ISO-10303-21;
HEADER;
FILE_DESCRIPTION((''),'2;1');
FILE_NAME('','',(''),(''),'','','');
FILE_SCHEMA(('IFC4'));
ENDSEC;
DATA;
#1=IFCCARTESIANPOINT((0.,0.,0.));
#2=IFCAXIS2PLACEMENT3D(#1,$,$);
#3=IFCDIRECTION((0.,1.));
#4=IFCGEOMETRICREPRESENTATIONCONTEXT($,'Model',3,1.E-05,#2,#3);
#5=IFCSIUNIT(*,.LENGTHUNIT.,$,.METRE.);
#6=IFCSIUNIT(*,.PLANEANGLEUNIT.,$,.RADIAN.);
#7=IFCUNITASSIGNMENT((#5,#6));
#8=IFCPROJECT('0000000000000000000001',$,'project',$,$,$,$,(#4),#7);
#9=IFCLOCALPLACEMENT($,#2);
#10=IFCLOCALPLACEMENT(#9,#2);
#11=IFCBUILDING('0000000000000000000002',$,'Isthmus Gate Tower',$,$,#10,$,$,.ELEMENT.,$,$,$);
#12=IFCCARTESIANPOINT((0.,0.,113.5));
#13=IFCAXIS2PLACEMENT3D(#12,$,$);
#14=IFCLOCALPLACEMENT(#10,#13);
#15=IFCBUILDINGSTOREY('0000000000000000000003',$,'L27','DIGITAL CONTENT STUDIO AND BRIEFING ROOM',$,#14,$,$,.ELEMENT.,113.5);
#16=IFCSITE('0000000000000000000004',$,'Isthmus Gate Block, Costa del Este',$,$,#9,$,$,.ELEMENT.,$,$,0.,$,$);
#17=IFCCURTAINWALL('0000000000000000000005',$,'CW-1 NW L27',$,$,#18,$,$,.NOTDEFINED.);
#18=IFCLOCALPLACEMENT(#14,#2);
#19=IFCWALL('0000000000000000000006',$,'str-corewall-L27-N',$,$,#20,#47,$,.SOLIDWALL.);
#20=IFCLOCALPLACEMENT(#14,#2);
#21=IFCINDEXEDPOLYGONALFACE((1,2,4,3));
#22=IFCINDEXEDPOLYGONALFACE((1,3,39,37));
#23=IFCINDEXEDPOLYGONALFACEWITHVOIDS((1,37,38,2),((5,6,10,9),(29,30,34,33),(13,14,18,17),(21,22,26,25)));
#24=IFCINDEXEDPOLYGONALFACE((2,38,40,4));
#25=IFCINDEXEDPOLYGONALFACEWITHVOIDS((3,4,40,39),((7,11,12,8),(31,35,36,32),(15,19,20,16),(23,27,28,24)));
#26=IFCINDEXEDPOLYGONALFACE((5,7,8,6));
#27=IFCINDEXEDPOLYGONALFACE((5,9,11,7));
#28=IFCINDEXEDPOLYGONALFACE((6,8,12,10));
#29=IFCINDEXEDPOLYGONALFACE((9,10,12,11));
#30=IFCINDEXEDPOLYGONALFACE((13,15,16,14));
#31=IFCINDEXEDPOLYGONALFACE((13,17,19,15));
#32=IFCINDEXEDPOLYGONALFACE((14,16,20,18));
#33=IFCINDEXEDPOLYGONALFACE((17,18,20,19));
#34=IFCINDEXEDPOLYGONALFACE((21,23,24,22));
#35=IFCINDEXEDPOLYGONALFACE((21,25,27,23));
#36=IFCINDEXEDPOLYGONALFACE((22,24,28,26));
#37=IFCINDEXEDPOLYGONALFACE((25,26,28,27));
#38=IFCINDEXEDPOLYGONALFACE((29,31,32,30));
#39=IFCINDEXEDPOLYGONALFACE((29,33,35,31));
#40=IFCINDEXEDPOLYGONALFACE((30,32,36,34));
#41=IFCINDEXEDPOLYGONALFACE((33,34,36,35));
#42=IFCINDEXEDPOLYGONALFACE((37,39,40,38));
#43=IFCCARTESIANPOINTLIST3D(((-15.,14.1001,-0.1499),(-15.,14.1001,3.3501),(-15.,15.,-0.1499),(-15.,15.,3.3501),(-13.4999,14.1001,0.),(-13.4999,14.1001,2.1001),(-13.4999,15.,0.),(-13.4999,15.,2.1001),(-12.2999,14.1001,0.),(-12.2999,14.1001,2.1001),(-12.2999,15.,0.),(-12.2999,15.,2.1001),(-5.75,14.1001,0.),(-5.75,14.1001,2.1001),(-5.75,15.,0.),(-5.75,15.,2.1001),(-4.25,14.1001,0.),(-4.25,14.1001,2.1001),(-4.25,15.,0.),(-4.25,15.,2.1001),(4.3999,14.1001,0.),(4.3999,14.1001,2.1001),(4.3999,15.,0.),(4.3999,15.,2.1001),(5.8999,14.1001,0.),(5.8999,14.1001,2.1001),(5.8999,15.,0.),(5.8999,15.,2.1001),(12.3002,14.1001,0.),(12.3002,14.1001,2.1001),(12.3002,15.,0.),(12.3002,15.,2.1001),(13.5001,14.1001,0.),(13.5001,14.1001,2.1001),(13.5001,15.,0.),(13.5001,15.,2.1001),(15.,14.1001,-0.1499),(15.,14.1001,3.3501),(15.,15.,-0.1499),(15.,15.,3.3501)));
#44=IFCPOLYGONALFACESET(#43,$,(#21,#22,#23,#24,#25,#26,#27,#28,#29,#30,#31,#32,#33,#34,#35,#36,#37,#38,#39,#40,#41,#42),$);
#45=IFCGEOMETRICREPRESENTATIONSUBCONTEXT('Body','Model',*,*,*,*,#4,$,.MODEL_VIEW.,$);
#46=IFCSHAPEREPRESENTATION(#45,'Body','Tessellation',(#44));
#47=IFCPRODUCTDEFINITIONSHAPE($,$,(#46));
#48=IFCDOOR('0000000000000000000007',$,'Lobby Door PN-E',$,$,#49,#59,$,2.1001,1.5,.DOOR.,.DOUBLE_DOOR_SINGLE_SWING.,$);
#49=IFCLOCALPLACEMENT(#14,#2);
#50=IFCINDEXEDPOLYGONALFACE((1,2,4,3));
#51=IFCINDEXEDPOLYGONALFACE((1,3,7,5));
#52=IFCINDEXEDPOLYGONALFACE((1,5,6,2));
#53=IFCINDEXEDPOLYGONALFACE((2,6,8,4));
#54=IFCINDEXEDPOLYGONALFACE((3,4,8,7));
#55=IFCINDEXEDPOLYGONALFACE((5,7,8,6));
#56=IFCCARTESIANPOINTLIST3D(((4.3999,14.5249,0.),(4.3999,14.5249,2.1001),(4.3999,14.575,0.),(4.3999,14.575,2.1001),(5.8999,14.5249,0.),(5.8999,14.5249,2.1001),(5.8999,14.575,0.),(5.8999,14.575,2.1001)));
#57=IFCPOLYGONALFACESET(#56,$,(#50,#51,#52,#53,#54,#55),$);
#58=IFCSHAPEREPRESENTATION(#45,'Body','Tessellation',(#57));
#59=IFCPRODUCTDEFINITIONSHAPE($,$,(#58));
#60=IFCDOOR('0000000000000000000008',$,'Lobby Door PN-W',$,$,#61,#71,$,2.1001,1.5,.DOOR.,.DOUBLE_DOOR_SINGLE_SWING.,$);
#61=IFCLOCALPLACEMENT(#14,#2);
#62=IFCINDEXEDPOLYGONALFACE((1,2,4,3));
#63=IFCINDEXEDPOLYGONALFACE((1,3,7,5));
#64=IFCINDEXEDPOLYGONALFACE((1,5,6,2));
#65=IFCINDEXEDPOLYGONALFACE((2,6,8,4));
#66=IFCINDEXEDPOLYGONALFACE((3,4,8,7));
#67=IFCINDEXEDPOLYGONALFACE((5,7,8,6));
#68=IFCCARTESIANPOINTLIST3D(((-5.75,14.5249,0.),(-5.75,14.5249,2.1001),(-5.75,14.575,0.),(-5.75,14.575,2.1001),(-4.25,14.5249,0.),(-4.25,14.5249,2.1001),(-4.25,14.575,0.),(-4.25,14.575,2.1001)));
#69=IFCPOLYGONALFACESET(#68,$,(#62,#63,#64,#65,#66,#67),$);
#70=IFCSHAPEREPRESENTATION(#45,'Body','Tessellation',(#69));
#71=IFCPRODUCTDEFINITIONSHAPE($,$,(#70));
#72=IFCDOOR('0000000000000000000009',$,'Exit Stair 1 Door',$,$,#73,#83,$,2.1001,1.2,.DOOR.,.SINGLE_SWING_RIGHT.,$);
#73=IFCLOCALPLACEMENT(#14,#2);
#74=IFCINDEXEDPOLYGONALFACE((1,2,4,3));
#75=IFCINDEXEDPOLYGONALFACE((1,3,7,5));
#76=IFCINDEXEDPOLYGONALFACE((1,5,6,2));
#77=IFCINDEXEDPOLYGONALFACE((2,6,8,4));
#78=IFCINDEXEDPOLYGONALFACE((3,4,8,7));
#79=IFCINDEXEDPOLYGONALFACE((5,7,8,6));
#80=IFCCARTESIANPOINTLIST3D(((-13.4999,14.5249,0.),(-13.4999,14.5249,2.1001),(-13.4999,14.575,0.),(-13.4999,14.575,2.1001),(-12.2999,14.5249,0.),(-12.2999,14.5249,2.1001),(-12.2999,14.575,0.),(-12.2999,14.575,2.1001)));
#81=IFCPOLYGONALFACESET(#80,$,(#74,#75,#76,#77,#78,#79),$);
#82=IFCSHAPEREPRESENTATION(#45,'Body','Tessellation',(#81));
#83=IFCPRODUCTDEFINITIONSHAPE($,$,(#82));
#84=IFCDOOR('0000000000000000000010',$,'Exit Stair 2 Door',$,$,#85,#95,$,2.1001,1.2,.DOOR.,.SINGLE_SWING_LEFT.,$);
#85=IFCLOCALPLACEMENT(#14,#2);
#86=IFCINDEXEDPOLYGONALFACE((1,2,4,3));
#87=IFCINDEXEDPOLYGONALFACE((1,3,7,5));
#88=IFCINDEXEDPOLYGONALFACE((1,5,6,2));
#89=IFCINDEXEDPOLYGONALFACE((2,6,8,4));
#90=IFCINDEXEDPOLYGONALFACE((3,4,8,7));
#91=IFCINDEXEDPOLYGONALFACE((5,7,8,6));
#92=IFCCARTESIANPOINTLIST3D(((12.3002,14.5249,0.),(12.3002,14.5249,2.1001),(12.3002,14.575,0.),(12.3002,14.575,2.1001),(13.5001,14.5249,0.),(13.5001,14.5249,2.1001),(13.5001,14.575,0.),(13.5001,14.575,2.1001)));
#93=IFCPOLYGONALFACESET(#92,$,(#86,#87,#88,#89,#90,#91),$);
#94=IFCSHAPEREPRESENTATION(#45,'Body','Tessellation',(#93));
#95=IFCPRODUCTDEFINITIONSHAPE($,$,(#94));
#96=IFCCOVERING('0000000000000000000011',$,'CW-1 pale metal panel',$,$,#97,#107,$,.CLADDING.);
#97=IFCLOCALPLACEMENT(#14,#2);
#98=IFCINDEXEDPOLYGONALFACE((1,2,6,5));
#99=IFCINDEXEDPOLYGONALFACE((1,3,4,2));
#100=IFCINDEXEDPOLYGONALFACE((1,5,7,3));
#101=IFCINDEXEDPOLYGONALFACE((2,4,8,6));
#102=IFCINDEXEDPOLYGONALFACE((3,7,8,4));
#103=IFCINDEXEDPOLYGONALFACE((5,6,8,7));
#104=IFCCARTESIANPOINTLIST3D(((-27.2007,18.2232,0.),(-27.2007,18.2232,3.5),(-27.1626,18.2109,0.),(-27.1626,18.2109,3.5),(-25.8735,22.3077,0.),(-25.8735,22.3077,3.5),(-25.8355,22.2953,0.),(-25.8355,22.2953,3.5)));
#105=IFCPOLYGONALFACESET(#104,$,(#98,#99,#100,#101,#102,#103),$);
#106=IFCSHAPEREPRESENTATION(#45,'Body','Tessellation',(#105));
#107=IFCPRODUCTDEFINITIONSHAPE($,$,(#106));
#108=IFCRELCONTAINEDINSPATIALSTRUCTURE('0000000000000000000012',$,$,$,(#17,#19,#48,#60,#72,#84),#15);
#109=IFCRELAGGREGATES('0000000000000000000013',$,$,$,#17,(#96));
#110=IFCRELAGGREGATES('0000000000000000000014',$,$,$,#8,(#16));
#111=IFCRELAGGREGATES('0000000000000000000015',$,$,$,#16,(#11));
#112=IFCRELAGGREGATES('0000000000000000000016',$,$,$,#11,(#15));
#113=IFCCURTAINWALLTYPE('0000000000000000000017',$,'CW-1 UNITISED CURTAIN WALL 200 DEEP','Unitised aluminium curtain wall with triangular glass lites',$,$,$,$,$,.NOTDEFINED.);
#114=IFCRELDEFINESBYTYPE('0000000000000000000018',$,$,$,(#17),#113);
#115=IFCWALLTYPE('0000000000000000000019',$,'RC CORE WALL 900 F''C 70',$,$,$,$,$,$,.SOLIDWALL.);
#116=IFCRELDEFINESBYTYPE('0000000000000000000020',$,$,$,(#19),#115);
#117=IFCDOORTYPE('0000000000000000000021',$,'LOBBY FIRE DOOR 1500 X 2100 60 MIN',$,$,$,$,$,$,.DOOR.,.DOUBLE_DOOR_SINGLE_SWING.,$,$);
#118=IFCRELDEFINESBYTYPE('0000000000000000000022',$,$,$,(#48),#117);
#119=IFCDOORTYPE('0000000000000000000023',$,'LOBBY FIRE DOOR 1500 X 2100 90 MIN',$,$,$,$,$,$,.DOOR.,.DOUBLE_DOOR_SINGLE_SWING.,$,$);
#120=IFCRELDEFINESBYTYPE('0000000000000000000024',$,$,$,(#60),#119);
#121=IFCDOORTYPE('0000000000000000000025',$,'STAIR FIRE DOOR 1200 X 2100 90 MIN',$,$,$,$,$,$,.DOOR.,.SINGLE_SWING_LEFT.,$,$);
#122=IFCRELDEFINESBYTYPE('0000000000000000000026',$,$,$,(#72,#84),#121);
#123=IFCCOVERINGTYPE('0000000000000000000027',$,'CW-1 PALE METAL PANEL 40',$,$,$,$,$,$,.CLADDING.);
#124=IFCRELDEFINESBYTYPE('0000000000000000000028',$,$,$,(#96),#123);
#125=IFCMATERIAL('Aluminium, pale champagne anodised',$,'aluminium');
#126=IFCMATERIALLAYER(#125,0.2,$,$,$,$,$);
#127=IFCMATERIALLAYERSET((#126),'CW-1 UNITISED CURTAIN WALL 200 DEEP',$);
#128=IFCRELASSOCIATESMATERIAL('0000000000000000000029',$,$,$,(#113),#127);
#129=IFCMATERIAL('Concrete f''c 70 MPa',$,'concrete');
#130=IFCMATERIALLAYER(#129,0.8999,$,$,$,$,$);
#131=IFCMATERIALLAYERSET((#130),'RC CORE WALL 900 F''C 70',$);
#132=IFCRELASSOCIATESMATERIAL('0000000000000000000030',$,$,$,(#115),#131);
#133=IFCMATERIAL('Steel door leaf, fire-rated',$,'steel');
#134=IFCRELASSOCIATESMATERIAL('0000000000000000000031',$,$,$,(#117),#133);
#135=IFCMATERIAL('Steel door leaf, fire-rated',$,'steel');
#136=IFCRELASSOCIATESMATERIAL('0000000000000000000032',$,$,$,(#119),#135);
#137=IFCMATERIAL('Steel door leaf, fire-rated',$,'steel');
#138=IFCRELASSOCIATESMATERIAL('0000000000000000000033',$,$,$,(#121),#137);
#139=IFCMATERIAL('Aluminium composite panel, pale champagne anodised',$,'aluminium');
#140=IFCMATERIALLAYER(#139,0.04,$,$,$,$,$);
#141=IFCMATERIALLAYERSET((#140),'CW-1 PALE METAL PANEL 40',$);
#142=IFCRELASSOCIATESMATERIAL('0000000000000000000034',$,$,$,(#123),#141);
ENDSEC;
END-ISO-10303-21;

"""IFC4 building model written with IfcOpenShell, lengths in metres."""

from ifc_helpers import new_model, si_unit, direction, frame, frame_2d, origin, origin_2d, place, context, subcontext, project, spatial, rectangle, extrude, material, layer, layer_set, type_object, element, fill, aggregate, save


model = new_model("IFC4")

# Units and contexts
model_context = context("Model", 3, precision=1e-05, world=origin(), true_north=direction((0.0, 1.0)))
body_context = subcontext(model_context, "Body", "Model", "MODEL_VIEW")
ifc_project = project(units=[si_unit("LENGTHUNIT", "METRE"), si_unit("PLANEANGLEUNIT", "RADIAN")], contexts=[model_context])

# Site, building, storey
site_placement = place(None, origin())
site = spatial("IfcSite", under=ifc_project, at=site_placement, Name="Isthmus Gate Block, Costa del Este", CompositionType="ELEMENT", RefElevation=0.0)
building_placement = place(site_placement, origin())
building = spatial("IfcBuilding", under=site, at=building_placement, Name="Isthmus Gate Tower", CompositionType="ELEMENT")
storey_placement = place(building_placement, frame((0.0, 0.0, 113.5)))
storey = spatial("IfcBuildingStorey", under=building, at=storey_placement, Name="L27", Description="DIGITAL CONTENT STUDIO AND BRIEFING ROOM", CompositionType="ELEMENT", Elevation=113.5)

# Curtain wall
ifc_material_1 = material(Name="Aluminium, pale champagne anodised", Category="aluminium")
ifc_layer_1 = layer(ifc_material_1, 0.2)
ifc_layer_set_1 = layer_set([ifc_layer_1], Name="CW-1 UNITISED CURTAIN WALL 200 DEEP")
curtain_wall_type = type_object("IfcCurtainWallType", Name="CW-1 UNITISED CURTAIN WALL 200 DEEP", Description="Unitised aluminium curtain wall with triangular glass lites", PredefinedType="NOTDEFINED", material=ifc_layer_set_1)
curtain_wall_placement = place(storey_placement, origin())
curtain_wall = element("IfcCurtainWall", 1, at=curtain_wall_placement, inside=storey, type_object=curtain_wall_type, Name="CW-1 NW L27", PredefinedType="NOTDEFINED")

# Wall, openings, doors
ifc_material_2 = material(Name="Concrete f'c 70 MPa", Category="concrete")
ifc_layer_2 = layer(ifc_material_2, 0.8999)
ifc_layer_set_2 = layer_set([ifc_layer_2], Name="RC CORE WALL 900 F'C 70")
wall_type_1 = type_object("IfcWallType", Name="RC CORE WALL 900 F'C 70", PredefinedType="SOLIDWALL", material=ifc_layer_set_2)
wall_1_placement = place(storey_placement, frame((-15.0, 14.55, -0.1499), z_axis=(0.0, 0.0, 1.0), x_axis=(1.0, 0.0, 0.0)))
wall_1 = element("IfcWall", 2, at=wall_1_placement, inside=storey, type_object=wall_type_1, Name="str-corewall-L27-N", PredefinedType="SOLIDWALL", context=body_context, shape_type="SweptSolid", body=[
    extrude(rectangle(XDim=30.0, YDim=0.8999, at=frame_2d((15.0, 0.0))), origin(), (0.0, 0.0, 1.0), 3.5),
])
opening_1_placement = place(wall_1_placement, frame((9.25, 0.0, 0.1499)))
opening_1 = element("IfcOpeningElement", 3, at=opening_1_placement, cuts=wall_1, PredefinedType="OPENING", context=body_context, shape_type="SweptSolid", body=[
    extrude(rectangle(XDim=1.5, YDim=2.1001, at=frame_2d((0.75, 1.05))), frame((0.0, 0.46, 0.0), z_axis=(0.0, -1.0, 0.0), x_axis=(1.0, 0.0, 0.0)), (0.0, 0.0, 1.0), 0.9199),
])
opening_2_placement = place(wall_1_placement, frame((19.3999, 0.0, 0.1499)))
opening_2 = element("IfcOpeningElement", 4, at=opening_2_placement, cuts=wall_1, PredefinedType="OPENING", context=body_context, shape_type="SweptSolid", body=[
    extrude(rectangle(XDim=1.5, YDim=2.1001, at=frame_2d((0.75, 1.05))), frame((0.0, 0.46, 0.0), z_axis=(0.0, -1.0, 0.0), x_axis=(1.0, 0.0, 0.0)), (0.0, 0.0, 1.0), 0.9199),
])
opening_3_placement = place(wall_1_placement, frame((1.5, 0.0, 0.1499)))
opening_3 = element("IfcOpeningElement", 5, at=opening_3_placement, cuts=wall_1, PredefinedType="OPENING", context=body_context, shape_type="SweptSolid", body=[
    extrude(rectangle(XDim=1.2, YDim=2.1001, at=frame_2d((0.6001, 1.05))), frame((0.0, 0.46, 0.0), z_axis=(0.0, -1.0, 0.0), x_axis=(1.0, 0.0, 0.0)), (0.0, 0.0, 1.0), 0.9199),
])
opening_4_placement = place(wall_1_placement, frame((27.3, 0.0, 0.1499)))
opening_4 = element("IfcOpeningElement", 6, at=opening_4_placement, cuts=wall_1, PredefinedType="OPENING", context=body_context, shape_type="SweptSolid", body=[
    extrude(rectangle(XDim=1.2, YDim=2.1001, at=frame_2d((0.6001, 1.05))), frame((0.0, 0.46, 0.0), z_axis=(0.0, -1.0, 0.0), x_axis=(1.0, 0.0, 0.0)), (0.0, 0.0, 1.0), 0.9199),
])
ifc_material_3 = material(Name="Steel door leaf, fire-rated", Category="steel")
door_type_1 = type_object("IfcDoorType", Name="LOBBY FIRE DOOR 1500 X 2100 60 MIN", OperationType="DOUBLE_DOOR_SINGLE_SWING", PredefinedType="DOOR", material=ifc_material_3)
door_1_placement = place(opening_2_placement, origin())
door_1 = element("IfcDoor", 7, at=door_1_placement, inside=storey, type_object=door_type_1, Name="Lobby Door PN-E", OperationType="DOUBLE_DOOR_SINGLE_SWING", OverallHeight=2.1001, OverallWidth=1.5, PredefinedType="DOOR", context=body_context, shape_type="SweptSolid", body=[
    extrude(rectangle(XDim=1.5, YDim=2.1001, at=frame_2d((0.75, 1.05))), frame((0.0, 0.0249, 0.0), z_axis=(0.0, -1.0, 0.0), x_axis=(1.0, 0.0, 0.0)), (0.0, 0.0, 1.0), 0.05),
])
fill(opening_2, door_1)
ifc_material_4 = material(Name="Steel door leaf, fire-rated", Category="steel")
door_type_2 = type_object("IfcDoorType", Name="LOBBY FIRE DOOR 1500 X 2100 90 MIN", OperationType="DOUBLE_DOOR_SINGLE_SWING", PredefinedType="DOOR", material=ifc_material_4)
door_2_placement = place(opening_1_placement, origin())
door_2 = element("IfcDoor", 8, at=door_2_placement, inside=storey, type_object=door_type_2, Name="Lobby Door PN-W", OperationType="DOUBLE_DOOR_SINGLE_SWING", OverallHeight=2.1001, OverallWidth=1.5, PredefinedType="DOOR", context=body_context, shape_type="SweptSolid", body=[
    extrude(rectangle(XDim=1.5, YDim=2.1001, at=frame_2d((0.75, 1.05))), frame((0.0, 0.0249, 0.0), z_axis=(0.0, -1.0, 0.0), x_axis=(1.0, 0.0, 0.0)), (0.0, 0.0, 1.0), 0.05),
])
fill(opening_1, door_2)
ifc_material_5 = material(Name="Steel door leaf, fire-rated", Category="steel")
door_type_3 = type_object("IfcDoorType", Name="STAIR FIRE DOOR 1200 X 2100 90 MIN", OperationType="SINGLE_SWING_LEFT", PredefinedType="DOOR", material=ifc_material_5)
door_3_placement = place(opening_3_placement, origin())
door_3 = element("IfcDoor", 9, at=door_3_placement, inside=storey, type_object=door_type_3, Name="Exit Stair 1 Door", OperationType="SINGLE_SWING_RIGHT", OverallHeight=2.1001, OverallWidth=1.2, PredefinedType="DOOR", context=body_context, shape_type="SweptSolid", body=[
    extrude(rectangle(XDim=1.2, YDim=2.1001, at=frame_2d((0.6001, 1.05))), frame((0.0, 0.0249, 0.0), z_axis=(0.0, -1.0, 0.0), x_axis=(1.0, 0.0, 0.0)), (0.0, 0.0, 1.0), 0.05),
])
fill(opening_3, door_3)
door_4_placement = place(opening_4_placement, origin())
door_4 = element("IfcDoor", 10, at=door_4_placement, inside=storey, type_object=door_type_3, Name="Exit Stair 2 Door", OperationType="SINGLE_SWING_LEFT", OverallHeight=2.1001, OverallWidth=1.2, PredefinedType="DOOR", context=body_context, shape_type="SweptSolid", body=[
    extrude(rectangle(XDim=1.2, YDim=2.1001, at=frame_2d((0.6001, 1.05))), frame((0.0, 0.0249, 0.0), z_axis=(0.0, -1.0, 0.0), x_axis=(1.0, 0.0, 0.0)), (0.0, 0.0, 1.0), 0.05),
])
fill(opening_4, door_4)

# Covering
ifc_material_6 = material(Name="Aluminium composite panel, pale champagne anodised", Category="aluminium")
ifc_layer_3 = layer(ifc_material_6, 0.04)
ifc_layer_set_3 = layer_set([ifc_layer_3], Name="CW-1 PALE METAL PANEL 40")
covering_type = type_object("IfcCoveringType", Name="CW-1 PALE METAL PANEL 40", PredefinedType="CLADDING", material=ifc_layer_set_3)
covering_placement = place(storey_placement, frame((-26.5181, 20.2593, 0.0), z_axis=(0.0, 0.0, 1.0), x_axis=(-0.309017, -0.951057, 0.0)))
covering = element("IfcCovering", 11, at=covering_placement, type_object=covering_type, Name="CW-1 pale metal panel", PredefinedType="CLADDING", context=body_context, shape_type="SweptSolid", body=[
    extrude(rectangle(XDim=4.2947, YDim=0.04, at=origin_2d()), origin(), (0.0, 0.0, 1.0), 3.5),
])
aggregate(curtain_wall, [covering])

save(model, "model.ifc")
